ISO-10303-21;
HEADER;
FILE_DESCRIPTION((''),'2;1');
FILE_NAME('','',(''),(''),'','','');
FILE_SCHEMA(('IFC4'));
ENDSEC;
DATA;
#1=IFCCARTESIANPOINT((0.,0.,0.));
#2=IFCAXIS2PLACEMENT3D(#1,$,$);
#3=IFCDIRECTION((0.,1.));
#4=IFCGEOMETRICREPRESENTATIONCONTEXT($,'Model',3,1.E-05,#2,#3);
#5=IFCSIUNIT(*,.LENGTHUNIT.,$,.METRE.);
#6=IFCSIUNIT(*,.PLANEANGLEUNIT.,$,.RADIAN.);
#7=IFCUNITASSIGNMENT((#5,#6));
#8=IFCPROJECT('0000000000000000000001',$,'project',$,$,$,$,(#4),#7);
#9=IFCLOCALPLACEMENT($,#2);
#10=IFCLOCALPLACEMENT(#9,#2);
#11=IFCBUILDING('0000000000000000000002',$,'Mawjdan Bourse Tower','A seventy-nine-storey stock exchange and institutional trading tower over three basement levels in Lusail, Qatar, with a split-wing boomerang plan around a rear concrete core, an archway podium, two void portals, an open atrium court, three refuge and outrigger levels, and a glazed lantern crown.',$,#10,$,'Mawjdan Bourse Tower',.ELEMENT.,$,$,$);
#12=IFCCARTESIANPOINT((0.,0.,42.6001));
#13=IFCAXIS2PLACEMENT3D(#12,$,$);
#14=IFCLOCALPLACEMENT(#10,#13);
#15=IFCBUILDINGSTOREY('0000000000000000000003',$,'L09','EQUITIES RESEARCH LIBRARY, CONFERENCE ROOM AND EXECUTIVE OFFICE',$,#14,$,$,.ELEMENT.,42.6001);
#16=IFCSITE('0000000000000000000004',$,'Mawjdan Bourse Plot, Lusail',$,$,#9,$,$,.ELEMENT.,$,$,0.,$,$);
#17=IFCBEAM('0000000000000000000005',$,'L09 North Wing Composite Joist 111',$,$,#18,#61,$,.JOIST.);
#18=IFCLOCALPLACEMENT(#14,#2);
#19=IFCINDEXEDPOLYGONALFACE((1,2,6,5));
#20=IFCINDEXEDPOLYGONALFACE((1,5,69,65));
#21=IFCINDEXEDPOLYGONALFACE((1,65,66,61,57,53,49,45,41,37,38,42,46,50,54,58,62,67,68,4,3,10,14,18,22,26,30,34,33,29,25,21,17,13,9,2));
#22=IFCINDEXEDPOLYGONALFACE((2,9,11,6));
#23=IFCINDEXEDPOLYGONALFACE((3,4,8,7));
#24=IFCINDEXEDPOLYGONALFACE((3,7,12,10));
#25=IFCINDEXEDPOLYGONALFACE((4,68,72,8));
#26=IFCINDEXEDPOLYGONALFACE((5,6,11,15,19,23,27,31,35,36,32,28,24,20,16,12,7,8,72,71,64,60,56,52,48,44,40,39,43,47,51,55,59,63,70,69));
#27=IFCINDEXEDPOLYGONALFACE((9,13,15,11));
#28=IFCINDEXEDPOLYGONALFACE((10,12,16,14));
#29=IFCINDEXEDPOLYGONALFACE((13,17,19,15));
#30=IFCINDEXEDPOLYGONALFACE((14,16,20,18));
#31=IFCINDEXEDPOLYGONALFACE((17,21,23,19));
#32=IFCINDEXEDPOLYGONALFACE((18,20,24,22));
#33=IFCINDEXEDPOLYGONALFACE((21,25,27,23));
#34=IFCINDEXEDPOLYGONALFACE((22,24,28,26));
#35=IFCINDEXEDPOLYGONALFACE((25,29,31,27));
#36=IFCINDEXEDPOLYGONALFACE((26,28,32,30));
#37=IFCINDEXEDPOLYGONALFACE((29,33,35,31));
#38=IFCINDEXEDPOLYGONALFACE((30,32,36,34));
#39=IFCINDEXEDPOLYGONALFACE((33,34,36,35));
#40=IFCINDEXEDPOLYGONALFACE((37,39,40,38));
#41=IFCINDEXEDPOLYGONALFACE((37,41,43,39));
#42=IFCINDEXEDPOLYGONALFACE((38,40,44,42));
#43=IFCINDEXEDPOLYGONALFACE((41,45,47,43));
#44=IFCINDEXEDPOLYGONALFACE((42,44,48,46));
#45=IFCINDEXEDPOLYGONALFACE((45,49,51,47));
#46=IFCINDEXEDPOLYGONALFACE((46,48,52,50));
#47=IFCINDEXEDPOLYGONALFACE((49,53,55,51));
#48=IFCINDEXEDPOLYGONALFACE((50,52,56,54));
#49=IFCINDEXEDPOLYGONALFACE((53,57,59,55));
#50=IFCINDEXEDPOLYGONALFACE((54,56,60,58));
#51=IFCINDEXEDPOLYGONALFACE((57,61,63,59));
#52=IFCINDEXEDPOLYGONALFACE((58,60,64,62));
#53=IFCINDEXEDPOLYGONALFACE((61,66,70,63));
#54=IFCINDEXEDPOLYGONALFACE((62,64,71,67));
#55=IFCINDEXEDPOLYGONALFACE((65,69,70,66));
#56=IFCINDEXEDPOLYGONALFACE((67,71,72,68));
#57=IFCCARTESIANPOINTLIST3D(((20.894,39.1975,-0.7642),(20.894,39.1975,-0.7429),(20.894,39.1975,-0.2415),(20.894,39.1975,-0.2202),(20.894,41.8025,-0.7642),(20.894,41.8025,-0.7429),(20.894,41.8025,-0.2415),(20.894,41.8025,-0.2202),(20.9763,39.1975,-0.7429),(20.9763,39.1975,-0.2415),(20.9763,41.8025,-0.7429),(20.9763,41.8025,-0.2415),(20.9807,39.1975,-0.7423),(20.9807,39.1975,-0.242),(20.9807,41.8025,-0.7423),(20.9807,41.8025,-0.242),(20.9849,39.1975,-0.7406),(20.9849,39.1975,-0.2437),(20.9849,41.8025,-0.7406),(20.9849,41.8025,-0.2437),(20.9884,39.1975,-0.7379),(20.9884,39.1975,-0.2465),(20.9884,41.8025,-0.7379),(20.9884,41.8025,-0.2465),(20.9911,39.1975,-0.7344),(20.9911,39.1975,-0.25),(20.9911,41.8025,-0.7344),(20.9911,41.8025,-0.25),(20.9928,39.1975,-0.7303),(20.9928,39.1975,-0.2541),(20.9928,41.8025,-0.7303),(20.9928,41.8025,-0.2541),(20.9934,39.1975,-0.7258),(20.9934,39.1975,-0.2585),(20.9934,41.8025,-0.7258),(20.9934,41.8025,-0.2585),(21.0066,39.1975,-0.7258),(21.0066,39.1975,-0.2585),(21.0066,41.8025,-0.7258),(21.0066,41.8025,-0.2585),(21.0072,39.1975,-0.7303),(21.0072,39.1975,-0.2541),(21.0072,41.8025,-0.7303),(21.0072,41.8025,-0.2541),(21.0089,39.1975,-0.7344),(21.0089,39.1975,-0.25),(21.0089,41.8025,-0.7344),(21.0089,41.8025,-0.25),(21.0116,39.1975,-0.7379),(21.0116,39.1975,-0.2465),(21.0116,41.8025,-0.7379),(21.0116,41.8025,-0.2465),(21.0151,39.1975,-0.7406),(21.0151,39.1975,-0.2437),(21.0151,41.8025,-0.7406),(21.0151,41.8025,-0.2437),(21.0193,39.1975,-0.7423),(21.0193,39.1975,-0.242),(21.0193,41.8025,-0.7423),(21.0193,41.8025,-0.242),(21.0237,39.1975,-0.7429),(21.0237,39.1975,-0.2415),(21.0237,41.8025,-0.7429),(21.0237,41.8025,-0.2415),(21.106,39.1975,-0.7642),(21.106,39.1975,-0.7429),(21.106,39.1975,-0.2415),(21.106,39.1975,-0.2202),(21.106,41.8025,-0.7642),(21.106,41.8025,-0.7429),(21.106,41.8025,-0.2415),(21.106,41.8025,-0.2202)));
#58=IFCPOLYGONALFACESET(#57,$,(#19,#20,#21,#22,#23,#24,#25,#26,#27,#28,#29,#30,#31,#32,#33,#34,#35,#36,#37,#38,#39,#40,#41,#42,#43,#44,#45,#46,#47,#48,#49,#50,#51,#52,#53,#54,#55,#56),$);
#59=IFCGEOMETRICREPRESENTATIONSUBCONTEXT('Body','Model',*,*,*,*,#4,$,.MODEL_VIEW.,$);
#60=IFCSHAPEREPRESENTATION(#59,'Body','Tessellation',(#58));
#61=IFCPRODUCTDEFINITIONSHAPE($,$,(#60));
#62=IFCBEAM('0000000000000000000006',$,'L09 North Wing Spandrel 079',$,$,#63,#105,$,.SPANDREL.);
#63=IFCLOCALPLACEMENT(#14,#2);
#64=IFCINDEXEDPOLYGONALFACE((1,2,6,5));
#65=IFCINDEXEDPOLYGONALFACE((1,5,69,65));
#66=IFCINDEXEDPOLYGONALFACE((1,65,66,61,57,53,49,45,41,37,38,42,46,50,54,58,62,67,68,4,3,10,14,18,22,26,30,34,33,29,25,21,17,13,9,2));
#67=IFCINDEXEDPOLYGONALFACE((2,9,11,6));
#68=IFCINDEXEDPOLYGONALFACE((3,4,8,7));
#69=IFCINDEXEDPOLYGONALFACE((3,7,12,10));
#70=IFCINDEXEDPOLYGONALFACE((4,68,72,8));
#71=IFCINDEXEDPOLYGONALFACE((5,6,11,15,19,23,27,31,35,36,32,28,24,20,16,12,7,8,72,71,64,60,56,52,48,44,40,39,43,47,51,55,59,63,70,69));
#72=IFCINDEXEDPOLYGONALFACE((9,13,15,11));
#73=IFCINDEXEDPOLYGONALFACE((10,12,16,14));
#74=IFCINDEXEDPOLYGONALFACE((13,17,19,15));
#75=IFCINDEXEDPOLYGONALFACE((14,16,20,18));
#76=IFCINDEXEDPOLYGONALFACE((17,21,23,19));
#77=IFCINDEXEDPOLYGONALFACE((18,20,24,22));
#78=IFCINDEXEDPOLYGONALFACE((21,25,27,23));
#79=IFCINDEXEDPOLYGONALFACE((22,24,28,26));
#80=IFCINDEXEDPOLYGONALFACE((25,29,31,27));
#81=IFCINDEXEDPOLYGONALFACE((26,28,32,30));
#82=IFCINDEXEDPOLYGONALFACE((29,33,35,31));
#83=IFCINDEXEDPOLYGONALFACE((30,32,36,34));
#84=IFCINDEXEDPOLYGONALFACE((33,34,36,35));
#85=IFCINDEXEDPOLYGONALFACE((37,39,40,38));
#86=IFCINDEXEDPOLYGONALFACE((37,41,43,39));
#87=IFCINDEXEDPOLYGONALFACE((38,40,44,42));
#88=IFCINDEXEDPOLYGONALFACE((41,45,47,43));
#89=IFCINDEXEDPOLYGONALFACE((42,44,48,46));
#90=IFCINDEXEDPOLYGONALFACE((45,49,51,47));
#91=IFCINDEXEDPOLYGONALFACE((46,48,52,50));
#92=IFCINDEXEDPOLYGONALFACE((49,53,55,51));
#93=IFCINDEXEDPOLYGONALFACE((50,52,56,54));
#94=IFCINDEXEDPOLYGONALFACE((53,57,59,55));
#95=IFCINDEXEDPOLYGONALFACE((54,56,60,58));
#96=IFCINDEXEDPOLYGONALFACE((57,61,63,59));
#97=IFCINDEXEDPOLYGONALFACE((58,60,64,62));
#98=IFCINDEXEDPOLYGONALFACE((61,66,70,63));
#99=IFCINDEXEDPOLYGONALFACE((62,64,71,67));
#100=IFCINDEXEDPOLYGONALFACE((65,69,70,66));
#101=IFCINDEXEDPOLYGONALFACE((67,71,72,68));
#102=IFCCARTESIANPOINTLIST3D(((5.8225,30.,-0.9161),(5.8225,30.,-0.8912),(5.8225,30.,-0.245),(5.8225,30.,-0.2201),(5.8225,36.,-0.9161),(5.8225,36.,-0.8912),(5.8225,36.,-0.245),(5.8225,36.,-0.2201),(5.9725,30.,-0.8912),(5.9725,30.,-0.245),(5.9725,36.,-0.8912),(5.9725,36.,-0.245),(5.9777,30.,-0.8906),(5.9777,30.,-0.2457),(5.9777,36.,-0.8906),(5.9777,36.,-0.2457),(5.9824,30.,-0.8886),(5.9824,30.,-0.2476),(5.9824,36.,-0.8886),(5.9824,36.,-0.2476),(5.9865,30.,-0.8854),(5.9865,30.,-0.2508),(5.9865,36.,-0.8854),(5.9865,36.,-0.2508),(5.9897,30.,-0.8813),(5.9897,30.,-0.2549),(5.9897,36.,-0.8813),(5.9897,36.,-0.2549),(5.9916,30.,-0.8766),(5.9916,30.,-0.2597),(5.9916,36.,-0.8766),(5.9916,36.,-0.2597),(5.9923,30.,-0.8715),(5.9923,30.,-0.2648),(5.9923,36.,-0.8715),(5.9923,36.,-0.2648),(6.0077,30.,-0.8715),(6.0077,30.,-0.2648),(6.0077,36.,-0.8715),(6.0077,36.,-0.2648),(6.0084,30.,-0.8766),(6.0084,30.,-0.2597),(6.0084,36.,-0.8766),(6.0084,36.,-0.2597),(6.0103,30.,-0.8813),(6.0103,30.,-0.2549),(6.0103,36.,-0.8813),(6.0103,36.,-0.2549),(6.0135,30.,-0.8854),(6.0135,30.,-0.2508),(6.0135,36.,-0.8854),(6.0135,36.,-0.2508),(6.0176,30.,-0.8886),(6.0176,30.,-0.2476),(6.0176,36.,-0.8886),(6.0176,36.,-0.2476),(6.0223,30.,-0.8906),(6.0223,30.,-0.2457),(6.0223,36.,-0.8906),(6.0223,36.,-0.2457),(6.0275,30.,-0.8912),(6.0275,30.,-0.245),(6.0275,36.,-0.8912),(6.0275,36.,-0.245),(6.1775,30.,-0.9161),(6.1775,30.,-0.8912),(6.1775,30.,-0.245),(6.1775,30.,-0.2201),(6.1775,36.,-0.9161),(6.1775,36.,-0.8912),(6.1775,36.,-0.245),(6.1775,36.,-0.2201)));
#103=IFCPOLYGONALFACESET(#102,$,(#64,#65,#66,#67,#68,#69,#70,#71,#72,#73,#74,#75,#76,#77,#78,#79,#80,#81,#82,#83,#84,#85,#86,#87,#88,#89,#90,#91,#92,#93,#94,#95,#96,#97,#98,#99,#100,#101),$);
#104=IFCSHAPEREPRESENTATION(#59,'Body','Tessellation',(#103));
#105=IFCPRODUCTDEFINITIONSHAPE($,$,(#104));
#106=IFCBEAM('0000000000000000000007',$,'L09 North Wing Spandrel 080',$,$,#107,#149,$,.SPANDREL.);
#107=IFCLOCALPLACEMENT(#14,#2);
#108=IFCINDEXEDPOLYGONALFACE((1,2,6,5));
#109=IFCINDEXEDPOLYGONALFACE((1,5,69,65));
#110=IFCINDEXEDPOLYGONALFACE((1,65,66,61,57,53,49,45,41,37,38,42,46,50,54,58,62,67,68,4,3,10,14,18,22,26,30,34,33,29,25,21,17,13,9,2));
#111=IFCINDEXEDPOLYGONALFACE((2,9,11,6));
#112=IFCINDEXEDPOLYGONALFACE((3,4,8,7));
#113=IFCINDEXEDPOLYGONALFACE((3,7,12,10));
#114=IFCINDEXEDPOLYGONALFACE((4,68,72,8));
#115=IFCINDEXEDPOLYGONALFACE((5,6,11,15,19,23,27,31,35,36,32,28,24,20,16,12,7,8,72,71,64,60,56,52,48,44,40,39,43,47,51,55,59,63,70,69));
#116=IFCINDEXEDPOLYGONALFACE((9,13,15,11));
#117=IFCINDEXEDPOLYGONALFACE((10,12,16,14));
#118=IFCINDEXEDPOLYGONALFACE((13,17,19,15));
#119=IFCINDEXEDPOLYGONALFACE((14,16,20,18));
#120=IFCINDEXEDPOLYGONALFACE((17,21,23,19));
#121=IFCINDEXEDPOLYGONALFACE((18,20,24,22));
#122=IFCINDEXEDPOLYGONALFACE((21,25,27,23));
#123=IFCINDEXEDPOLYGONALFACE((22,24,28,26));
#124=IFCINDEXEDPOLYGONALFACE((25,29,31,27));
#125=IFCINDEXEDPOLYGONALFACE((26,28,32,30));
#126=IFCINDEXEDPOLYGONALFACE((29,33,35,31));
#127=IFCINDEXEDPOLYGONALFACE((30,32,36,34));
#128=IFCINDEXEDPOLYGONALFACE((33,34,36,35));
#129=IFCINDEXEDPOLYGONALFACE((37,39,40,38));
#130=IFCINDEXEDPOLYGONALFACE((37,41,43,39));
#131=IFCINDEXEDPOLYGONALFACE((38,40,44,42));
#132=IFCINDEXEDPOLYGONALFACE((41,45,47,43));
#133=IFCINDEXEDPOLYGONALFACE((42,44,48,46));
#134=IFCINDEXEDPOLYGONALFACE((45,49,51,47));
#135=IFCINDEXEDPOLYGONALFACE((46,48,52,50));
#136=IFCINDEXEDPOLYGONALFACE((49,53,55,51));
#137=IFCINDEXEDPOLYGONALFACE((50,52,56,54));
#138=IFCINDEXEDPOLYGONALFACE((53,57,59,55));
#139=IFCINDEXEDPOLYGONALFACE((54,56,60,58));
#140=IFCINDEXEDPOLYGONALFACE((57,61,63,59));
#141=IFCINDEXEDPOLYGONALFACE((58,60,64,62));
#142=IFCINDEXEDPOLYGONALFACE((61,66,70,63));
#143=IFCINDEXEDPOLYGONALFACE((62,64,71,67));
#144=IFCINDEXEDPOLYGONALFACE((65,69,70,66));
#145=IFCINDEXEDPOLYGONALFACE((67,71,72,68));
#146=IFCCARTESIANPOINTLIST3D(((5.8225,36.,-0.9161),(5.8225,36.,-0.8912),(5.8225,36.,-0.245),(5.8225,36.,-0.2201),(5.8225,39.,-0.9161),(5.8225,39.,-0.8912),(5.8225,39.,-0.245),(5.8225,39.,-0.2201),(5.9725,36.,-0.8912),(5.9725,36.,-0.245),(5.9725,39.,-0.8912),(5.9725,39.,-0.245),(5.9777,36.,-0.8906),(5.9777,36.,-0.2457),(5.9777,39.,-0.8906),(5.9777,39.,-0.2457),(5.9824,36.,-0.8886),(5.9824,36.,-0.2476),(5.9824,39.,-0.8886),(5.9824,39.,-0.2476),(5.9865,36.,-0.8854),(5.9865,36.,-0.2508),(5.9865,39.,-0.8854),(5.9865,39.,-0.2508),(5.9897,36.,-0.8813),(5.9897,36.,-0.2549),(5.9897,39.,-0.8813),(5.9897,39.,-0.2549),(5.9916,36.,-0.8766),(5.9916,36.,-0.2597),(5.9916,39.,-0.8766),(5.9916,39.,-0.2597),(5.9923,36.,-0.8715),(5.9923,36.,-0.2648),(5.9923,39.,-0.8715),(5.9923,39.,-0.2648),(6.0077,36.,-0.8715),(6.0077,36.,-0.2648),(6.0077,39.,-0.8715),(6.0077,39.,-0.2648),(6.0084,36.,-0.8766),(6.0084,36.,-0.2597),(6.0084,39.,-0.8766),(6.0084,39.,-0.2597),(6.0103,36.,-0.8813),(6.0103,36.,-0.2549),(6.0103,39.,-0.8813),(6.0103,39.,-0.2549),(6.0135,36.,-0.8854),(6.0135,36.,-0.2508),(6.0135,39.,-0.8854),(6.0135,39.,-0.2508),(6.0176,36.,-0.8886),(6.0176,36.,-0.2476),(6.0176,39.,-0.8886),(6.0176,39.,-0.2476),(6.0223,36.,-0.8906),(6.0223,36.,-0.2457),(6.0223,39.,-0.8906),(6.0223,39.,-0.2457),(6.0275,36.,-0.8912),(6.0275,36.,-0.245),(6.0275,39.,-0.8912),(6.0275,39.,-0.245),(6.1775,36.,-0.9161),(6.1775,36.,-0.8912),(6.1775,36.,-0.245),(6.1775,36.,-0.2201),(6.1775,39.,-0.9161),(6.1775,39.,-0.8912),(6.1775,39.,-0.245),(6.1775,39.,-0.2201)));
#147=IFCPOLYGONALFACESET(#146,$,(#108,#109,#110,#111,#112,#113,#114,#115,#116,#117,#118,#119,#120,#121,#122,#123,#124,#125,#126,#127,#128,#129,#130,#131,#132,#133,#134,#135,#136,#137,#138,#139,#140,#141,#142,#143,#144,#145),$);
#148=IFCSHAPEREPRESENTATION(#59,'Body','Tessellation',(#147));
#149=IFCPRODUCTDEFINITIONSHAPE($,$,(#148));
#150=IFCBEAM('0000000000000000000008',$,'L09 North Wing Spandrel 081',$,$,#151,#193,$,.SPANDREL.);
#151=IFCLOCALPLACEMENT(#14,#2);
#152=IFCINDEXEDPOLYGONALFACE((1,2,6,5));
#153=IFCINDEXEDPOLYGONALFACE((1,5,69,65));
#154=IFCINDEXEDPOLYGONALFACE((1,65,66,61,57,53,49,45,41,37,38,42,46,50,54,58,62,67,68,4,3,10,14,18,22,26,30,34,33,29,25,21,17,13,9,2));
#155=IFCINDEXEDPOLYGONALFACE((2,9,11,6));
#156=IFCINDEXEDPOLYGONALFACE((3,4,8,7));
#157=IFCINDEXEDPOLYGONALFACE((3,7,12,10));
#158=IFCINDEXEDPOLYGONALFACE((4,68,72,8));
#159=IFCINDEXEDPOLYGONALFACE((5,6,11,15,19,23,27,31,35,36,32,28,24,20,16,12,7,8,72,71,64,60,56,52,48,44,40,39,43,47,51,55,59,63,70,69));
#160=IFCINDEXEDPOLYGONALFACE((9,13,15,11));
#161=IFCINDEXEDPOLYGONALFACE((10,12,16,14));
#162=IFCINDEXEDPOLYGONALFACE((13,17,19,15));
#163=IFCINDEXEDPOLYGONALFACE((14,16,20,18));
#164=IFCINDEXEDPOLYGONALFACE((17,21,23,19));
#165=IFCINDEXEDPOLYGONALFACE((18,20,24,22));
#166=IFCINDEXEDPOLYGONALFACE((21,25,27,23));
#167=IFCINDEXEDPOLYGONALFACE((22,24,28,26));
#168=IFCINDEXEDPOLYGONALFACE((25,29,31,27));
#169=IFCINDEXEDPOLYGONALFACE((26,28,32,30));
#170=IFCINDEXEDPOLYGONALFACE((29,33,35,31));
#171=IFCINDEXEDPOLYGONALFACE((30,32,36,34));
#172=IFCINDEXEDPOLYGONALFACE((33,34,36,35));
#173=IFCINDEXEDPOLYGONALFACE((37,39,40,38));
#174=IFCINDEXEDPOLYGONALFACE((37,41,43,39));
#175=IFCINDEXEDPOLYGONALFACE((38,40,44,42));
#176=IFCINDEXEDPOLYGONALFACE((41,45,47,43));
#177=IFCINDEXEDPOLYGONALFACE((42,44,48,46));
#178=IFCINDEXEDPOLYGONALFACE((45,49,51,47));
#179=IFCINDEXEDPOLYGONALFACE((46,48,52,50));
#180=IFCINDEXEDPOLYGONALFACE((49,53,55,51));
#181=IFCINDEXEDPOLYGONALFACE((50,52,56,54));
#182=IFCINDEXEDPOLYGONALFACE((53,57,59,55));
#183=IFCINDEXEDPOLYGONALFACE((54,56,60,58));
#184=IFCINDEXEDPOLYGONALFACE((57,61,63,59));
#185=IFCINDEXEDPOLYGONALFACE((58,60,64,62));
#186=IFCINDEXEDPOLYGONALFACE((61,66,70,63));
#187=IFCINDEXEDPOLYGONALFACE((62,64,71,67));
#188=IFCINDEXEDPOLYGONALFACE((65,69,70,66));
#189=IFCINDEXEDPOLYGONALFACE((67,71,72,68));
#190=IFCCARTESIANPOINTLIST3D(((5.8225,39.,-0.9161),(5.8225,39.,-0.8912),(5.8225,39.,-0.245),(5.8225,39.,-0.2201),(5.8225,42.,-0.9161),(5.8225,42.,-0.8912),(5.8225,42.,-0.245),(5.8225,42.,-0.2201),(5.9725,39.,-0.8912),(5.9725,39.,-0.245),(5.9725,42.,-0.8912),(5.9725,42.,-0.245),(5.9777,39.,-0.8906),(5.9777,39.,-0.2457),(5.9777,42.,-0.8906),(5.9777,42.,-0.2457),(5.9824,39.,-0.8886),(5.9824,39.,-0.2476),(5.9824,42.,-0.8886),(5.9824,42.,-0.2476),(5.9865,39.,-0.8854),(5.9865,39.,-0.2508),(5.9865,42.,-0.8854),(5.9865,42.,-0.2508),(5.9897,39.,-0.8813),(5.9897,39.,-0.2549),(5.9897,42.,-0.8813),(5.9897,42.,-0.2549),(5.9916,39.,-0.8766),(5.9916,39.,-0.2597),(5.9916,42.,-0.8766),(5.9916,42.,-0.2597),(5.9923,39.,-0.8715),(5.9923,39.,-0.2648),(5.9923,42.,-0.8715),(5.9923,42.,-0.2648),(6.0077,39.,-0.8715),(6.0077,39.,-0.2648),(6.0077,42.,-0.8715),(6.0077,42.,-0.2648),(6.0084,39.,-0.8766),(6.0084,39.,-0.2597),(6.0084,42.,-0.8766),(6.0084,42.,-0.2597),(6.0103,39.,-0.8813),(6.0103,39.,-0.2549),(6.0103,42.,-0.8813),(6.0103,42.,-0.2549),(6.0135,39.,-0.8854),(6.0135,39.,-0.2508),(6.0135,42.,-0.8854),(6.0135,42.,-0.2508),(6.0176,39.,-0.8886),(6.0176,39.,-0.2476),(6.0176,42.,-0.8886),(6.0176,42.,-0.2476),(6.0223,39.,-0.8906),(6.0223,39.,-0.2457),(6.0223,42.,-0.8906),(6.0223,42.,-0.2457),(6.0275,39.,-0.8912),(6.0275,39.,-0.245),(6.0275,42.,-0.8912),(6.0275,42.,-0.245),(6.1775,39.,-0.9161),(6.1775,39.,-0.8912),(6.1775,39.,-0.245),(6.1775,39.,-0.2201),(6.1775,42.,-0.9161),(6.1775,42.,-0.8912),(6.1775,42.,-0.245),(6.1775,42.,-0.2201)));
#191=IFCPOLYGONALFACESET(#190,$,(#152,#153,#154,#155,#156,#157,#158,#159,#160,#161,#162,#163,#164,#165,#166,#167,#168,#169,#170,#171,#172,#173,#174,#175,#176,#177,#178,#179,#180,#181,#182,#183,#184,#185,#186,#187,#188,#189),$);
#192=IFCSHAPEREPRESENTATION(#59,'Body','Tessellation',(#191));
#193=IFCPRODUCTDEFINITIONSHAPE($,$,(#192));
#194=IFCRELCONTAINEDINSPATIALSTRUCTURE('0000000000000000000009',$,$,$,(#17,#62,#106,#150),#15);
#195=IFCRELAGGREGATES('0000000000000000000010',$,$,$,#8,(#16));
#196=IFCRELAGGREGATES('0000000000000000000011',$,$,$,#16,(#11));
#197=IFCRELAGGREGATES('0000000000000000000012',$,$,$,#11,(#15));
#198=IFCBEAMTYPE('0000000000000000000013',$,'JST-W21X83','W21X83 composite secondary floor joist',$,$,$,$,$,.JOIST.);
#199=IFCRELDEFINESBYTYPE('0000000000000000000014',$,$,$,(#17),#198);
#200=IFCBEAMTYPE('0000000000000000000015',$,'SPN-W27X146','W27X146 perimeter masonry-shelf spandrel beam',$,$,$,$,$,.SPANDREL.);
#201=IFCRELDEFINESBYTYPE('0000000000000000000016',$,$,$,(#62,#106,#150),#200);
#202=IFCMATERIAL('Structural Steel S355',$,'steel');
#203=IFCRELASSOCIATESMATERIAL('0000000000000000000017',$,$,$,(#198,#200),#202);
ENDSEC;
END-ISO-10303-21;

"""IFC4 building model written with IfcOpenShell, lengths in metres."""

from ifc_helpers import new_model, si_unit, direction, frame, origin, origin_2d, place, context, subcontext, project, spatial, i_section, extrude, material, material_profile, profile_set, type_object, element, save


model = new_model("IFC4")

# Units and contexts
model_context = context("Model", 3, precision=1e-05, world=origin(), true_north=direction((0.0, 1.0)))
body_context = subcontext(model_context, "Body", "Model", "MODEL_VIEW")
ifc_project = project(units=[si_unit("LENGTHUNIT", "METRE"), si_unit("PLANEANGLEUNIT", "RADIAN")], contexts=[model_context])

# Site, building, storey
site_placement = place(None, origin())
site = spatial("IfcSite", under=ifc_project, at=site_placement, Name="Mawjdan Bourse Plot, Lusail", CompositionType="ELEMENT", RefElevation=0.0)
building_placement = place(site_placement, origin())
building = spatial("IfcBuilding", under=site, at=building_placement, Name="Mawjdan Bourse Tower", Description="A seventy-nine-storey stock exchange and institutional trading tower over three basement levels in Lusail, Qatar, with a split-wing boomerang plan around a rear concrete core, an archway podium, two void portals, an open atrium court, three refuge and outrigger levels, and a glazed lantern crown.", LongName="Mawjdan Bourse Tower", CompositionType="ELEMENT")
storey_placement = place(building_placement, frame((0.0, 0.0, 42.6001)))
storey = spatial("IfcBuildingStorey", under=building, at=storey_placement, Name="L09", Description="EQUITIES RESEARCH LIBRARY, CONFERENCE ROOM AND EXECUTIVE OFFICE", CompositionType="ELEMENT", Elevation=42.6001)

# Beams
ifc_material_1 = material(Name="Structural Steel S355", Category="steel")
ifc_material_profile_1 = material_profile(ifc_material_1, i_section(OverallWidth=0.2119, OverallDepth=0.5439, WebThickness=0.0132, FlangeThickness=0.0212, FilletRadius=0.0171, at=origin_2d()), Name="W21X83")
ifc_profile_set_1 = profile_set([ifc_material_profile_1], Name="Structural Steel S355")
beam_type_1 = type_object("IfcBeamType", Name="JST-W21X83", Description="W21X83 composite secondary floor joist", PredefinedType="JOIST", material=ifc_profile_set_1)
for number, where, z_axis, x_axis, name in (
    (1, (21.0, 39.1975, -0.4922), (0.0, 1.0, 0.0), (-1.0, 0.0, 0.0), "L09 North Wing Composite Joist 111"),
):
    element("IfcBeam", number, at=place(storey_placement, frame(where, z_axis=z_axis, x_axis=x_axis)), inside=storey, type_object=beam_type_1, Name=name, PredefinedType="JOIST", context=body_context, shape_type="SweptSolid", body=[
        extrude(i_section(OverallWidth=0.2119, OverallDepth=0.5439, WebThickness=0.0132, FlangeThickness=0.0212, FilletRadius=0.0171, at=origin_2d()), origin(), (0.0, 0.0, 1.0), 2.605),
    ])
ifc_material_profile_2 = material_profile(ifc_material_1, i_section(OverallWidth=0.355, OverallDepth=0.696, WebThickness=0.0154, FlangeThickness=0.0249, FilletRadius=0.0198, at=origin_2d()), Name="W27X146")
ifc_profile_set_2 = profile_set([ifc_material_profile_2], Name="Structural Steel S355")
beam_type_2 = type_object("IfcBeamType", Name="SPN-W27X146", Description="W27X146 perimeter masonry-shelf spandrel beam", PredefinedType="SPANDREL", material=ifc_profile_set_2)
beam_1_placement = place(storey_placement, frame((6.0, 30.0, -0.5681), z_axis=(0.0, 1.0, 0.0), x_axis=(-1.0, 0.0, 0.0)))
element("IfcBeam", 2, at=beam_1_placement, inside=storey, type_object=beam_type_2, Name="L09 North Wing Spandrel 079", PredefinedType="SPANDREL", context=body_context, shape_type="SweptSolid", body=[
    extrude(i_section(OverallWidth=0.355, OverallDepth=0.696, WebThickness=0.0154, FlangeThickness=0.0249, FilletRadius=0.0198, at=origin_2d()), origin(), (0.0, 0.0, 1.0), 6.0),
])
for number, where, z_axis, x_axis, name in (
    (3, (6.0, 36.0, -0.5681), (0.0, 1.0, 0.0), (-1.0, 0.0, 0.0), "L09 North Wing Spandrel 080"),
    (4, (6.0, 39.0, -0.5681), (0.0, 1.0, 0.0), (-1.0, 0.0, 0.0), "L09 North Wing Spandrel 081"),
):
    element("IfcBeam", number, at=place(storey_placement, frame(where, z_axis=z_axis, x_axis=x_axis)), inside=storey, type_object=beam_type_2, Name=name, PredefinedType="SPANDREL", context=body_context, shape_type="SweptSolid", body=[
        extrude(i_section(OverallWidth=0.355, OverallDepth=0.696, WebThickness=0.0154, FlangeThickness=0.0249, FilletRadius=0.0198, at=origin_2d()), origin(), (0.0, 0.0, 1.0), 3.0),
    ])

save(model, "model.ifc")
